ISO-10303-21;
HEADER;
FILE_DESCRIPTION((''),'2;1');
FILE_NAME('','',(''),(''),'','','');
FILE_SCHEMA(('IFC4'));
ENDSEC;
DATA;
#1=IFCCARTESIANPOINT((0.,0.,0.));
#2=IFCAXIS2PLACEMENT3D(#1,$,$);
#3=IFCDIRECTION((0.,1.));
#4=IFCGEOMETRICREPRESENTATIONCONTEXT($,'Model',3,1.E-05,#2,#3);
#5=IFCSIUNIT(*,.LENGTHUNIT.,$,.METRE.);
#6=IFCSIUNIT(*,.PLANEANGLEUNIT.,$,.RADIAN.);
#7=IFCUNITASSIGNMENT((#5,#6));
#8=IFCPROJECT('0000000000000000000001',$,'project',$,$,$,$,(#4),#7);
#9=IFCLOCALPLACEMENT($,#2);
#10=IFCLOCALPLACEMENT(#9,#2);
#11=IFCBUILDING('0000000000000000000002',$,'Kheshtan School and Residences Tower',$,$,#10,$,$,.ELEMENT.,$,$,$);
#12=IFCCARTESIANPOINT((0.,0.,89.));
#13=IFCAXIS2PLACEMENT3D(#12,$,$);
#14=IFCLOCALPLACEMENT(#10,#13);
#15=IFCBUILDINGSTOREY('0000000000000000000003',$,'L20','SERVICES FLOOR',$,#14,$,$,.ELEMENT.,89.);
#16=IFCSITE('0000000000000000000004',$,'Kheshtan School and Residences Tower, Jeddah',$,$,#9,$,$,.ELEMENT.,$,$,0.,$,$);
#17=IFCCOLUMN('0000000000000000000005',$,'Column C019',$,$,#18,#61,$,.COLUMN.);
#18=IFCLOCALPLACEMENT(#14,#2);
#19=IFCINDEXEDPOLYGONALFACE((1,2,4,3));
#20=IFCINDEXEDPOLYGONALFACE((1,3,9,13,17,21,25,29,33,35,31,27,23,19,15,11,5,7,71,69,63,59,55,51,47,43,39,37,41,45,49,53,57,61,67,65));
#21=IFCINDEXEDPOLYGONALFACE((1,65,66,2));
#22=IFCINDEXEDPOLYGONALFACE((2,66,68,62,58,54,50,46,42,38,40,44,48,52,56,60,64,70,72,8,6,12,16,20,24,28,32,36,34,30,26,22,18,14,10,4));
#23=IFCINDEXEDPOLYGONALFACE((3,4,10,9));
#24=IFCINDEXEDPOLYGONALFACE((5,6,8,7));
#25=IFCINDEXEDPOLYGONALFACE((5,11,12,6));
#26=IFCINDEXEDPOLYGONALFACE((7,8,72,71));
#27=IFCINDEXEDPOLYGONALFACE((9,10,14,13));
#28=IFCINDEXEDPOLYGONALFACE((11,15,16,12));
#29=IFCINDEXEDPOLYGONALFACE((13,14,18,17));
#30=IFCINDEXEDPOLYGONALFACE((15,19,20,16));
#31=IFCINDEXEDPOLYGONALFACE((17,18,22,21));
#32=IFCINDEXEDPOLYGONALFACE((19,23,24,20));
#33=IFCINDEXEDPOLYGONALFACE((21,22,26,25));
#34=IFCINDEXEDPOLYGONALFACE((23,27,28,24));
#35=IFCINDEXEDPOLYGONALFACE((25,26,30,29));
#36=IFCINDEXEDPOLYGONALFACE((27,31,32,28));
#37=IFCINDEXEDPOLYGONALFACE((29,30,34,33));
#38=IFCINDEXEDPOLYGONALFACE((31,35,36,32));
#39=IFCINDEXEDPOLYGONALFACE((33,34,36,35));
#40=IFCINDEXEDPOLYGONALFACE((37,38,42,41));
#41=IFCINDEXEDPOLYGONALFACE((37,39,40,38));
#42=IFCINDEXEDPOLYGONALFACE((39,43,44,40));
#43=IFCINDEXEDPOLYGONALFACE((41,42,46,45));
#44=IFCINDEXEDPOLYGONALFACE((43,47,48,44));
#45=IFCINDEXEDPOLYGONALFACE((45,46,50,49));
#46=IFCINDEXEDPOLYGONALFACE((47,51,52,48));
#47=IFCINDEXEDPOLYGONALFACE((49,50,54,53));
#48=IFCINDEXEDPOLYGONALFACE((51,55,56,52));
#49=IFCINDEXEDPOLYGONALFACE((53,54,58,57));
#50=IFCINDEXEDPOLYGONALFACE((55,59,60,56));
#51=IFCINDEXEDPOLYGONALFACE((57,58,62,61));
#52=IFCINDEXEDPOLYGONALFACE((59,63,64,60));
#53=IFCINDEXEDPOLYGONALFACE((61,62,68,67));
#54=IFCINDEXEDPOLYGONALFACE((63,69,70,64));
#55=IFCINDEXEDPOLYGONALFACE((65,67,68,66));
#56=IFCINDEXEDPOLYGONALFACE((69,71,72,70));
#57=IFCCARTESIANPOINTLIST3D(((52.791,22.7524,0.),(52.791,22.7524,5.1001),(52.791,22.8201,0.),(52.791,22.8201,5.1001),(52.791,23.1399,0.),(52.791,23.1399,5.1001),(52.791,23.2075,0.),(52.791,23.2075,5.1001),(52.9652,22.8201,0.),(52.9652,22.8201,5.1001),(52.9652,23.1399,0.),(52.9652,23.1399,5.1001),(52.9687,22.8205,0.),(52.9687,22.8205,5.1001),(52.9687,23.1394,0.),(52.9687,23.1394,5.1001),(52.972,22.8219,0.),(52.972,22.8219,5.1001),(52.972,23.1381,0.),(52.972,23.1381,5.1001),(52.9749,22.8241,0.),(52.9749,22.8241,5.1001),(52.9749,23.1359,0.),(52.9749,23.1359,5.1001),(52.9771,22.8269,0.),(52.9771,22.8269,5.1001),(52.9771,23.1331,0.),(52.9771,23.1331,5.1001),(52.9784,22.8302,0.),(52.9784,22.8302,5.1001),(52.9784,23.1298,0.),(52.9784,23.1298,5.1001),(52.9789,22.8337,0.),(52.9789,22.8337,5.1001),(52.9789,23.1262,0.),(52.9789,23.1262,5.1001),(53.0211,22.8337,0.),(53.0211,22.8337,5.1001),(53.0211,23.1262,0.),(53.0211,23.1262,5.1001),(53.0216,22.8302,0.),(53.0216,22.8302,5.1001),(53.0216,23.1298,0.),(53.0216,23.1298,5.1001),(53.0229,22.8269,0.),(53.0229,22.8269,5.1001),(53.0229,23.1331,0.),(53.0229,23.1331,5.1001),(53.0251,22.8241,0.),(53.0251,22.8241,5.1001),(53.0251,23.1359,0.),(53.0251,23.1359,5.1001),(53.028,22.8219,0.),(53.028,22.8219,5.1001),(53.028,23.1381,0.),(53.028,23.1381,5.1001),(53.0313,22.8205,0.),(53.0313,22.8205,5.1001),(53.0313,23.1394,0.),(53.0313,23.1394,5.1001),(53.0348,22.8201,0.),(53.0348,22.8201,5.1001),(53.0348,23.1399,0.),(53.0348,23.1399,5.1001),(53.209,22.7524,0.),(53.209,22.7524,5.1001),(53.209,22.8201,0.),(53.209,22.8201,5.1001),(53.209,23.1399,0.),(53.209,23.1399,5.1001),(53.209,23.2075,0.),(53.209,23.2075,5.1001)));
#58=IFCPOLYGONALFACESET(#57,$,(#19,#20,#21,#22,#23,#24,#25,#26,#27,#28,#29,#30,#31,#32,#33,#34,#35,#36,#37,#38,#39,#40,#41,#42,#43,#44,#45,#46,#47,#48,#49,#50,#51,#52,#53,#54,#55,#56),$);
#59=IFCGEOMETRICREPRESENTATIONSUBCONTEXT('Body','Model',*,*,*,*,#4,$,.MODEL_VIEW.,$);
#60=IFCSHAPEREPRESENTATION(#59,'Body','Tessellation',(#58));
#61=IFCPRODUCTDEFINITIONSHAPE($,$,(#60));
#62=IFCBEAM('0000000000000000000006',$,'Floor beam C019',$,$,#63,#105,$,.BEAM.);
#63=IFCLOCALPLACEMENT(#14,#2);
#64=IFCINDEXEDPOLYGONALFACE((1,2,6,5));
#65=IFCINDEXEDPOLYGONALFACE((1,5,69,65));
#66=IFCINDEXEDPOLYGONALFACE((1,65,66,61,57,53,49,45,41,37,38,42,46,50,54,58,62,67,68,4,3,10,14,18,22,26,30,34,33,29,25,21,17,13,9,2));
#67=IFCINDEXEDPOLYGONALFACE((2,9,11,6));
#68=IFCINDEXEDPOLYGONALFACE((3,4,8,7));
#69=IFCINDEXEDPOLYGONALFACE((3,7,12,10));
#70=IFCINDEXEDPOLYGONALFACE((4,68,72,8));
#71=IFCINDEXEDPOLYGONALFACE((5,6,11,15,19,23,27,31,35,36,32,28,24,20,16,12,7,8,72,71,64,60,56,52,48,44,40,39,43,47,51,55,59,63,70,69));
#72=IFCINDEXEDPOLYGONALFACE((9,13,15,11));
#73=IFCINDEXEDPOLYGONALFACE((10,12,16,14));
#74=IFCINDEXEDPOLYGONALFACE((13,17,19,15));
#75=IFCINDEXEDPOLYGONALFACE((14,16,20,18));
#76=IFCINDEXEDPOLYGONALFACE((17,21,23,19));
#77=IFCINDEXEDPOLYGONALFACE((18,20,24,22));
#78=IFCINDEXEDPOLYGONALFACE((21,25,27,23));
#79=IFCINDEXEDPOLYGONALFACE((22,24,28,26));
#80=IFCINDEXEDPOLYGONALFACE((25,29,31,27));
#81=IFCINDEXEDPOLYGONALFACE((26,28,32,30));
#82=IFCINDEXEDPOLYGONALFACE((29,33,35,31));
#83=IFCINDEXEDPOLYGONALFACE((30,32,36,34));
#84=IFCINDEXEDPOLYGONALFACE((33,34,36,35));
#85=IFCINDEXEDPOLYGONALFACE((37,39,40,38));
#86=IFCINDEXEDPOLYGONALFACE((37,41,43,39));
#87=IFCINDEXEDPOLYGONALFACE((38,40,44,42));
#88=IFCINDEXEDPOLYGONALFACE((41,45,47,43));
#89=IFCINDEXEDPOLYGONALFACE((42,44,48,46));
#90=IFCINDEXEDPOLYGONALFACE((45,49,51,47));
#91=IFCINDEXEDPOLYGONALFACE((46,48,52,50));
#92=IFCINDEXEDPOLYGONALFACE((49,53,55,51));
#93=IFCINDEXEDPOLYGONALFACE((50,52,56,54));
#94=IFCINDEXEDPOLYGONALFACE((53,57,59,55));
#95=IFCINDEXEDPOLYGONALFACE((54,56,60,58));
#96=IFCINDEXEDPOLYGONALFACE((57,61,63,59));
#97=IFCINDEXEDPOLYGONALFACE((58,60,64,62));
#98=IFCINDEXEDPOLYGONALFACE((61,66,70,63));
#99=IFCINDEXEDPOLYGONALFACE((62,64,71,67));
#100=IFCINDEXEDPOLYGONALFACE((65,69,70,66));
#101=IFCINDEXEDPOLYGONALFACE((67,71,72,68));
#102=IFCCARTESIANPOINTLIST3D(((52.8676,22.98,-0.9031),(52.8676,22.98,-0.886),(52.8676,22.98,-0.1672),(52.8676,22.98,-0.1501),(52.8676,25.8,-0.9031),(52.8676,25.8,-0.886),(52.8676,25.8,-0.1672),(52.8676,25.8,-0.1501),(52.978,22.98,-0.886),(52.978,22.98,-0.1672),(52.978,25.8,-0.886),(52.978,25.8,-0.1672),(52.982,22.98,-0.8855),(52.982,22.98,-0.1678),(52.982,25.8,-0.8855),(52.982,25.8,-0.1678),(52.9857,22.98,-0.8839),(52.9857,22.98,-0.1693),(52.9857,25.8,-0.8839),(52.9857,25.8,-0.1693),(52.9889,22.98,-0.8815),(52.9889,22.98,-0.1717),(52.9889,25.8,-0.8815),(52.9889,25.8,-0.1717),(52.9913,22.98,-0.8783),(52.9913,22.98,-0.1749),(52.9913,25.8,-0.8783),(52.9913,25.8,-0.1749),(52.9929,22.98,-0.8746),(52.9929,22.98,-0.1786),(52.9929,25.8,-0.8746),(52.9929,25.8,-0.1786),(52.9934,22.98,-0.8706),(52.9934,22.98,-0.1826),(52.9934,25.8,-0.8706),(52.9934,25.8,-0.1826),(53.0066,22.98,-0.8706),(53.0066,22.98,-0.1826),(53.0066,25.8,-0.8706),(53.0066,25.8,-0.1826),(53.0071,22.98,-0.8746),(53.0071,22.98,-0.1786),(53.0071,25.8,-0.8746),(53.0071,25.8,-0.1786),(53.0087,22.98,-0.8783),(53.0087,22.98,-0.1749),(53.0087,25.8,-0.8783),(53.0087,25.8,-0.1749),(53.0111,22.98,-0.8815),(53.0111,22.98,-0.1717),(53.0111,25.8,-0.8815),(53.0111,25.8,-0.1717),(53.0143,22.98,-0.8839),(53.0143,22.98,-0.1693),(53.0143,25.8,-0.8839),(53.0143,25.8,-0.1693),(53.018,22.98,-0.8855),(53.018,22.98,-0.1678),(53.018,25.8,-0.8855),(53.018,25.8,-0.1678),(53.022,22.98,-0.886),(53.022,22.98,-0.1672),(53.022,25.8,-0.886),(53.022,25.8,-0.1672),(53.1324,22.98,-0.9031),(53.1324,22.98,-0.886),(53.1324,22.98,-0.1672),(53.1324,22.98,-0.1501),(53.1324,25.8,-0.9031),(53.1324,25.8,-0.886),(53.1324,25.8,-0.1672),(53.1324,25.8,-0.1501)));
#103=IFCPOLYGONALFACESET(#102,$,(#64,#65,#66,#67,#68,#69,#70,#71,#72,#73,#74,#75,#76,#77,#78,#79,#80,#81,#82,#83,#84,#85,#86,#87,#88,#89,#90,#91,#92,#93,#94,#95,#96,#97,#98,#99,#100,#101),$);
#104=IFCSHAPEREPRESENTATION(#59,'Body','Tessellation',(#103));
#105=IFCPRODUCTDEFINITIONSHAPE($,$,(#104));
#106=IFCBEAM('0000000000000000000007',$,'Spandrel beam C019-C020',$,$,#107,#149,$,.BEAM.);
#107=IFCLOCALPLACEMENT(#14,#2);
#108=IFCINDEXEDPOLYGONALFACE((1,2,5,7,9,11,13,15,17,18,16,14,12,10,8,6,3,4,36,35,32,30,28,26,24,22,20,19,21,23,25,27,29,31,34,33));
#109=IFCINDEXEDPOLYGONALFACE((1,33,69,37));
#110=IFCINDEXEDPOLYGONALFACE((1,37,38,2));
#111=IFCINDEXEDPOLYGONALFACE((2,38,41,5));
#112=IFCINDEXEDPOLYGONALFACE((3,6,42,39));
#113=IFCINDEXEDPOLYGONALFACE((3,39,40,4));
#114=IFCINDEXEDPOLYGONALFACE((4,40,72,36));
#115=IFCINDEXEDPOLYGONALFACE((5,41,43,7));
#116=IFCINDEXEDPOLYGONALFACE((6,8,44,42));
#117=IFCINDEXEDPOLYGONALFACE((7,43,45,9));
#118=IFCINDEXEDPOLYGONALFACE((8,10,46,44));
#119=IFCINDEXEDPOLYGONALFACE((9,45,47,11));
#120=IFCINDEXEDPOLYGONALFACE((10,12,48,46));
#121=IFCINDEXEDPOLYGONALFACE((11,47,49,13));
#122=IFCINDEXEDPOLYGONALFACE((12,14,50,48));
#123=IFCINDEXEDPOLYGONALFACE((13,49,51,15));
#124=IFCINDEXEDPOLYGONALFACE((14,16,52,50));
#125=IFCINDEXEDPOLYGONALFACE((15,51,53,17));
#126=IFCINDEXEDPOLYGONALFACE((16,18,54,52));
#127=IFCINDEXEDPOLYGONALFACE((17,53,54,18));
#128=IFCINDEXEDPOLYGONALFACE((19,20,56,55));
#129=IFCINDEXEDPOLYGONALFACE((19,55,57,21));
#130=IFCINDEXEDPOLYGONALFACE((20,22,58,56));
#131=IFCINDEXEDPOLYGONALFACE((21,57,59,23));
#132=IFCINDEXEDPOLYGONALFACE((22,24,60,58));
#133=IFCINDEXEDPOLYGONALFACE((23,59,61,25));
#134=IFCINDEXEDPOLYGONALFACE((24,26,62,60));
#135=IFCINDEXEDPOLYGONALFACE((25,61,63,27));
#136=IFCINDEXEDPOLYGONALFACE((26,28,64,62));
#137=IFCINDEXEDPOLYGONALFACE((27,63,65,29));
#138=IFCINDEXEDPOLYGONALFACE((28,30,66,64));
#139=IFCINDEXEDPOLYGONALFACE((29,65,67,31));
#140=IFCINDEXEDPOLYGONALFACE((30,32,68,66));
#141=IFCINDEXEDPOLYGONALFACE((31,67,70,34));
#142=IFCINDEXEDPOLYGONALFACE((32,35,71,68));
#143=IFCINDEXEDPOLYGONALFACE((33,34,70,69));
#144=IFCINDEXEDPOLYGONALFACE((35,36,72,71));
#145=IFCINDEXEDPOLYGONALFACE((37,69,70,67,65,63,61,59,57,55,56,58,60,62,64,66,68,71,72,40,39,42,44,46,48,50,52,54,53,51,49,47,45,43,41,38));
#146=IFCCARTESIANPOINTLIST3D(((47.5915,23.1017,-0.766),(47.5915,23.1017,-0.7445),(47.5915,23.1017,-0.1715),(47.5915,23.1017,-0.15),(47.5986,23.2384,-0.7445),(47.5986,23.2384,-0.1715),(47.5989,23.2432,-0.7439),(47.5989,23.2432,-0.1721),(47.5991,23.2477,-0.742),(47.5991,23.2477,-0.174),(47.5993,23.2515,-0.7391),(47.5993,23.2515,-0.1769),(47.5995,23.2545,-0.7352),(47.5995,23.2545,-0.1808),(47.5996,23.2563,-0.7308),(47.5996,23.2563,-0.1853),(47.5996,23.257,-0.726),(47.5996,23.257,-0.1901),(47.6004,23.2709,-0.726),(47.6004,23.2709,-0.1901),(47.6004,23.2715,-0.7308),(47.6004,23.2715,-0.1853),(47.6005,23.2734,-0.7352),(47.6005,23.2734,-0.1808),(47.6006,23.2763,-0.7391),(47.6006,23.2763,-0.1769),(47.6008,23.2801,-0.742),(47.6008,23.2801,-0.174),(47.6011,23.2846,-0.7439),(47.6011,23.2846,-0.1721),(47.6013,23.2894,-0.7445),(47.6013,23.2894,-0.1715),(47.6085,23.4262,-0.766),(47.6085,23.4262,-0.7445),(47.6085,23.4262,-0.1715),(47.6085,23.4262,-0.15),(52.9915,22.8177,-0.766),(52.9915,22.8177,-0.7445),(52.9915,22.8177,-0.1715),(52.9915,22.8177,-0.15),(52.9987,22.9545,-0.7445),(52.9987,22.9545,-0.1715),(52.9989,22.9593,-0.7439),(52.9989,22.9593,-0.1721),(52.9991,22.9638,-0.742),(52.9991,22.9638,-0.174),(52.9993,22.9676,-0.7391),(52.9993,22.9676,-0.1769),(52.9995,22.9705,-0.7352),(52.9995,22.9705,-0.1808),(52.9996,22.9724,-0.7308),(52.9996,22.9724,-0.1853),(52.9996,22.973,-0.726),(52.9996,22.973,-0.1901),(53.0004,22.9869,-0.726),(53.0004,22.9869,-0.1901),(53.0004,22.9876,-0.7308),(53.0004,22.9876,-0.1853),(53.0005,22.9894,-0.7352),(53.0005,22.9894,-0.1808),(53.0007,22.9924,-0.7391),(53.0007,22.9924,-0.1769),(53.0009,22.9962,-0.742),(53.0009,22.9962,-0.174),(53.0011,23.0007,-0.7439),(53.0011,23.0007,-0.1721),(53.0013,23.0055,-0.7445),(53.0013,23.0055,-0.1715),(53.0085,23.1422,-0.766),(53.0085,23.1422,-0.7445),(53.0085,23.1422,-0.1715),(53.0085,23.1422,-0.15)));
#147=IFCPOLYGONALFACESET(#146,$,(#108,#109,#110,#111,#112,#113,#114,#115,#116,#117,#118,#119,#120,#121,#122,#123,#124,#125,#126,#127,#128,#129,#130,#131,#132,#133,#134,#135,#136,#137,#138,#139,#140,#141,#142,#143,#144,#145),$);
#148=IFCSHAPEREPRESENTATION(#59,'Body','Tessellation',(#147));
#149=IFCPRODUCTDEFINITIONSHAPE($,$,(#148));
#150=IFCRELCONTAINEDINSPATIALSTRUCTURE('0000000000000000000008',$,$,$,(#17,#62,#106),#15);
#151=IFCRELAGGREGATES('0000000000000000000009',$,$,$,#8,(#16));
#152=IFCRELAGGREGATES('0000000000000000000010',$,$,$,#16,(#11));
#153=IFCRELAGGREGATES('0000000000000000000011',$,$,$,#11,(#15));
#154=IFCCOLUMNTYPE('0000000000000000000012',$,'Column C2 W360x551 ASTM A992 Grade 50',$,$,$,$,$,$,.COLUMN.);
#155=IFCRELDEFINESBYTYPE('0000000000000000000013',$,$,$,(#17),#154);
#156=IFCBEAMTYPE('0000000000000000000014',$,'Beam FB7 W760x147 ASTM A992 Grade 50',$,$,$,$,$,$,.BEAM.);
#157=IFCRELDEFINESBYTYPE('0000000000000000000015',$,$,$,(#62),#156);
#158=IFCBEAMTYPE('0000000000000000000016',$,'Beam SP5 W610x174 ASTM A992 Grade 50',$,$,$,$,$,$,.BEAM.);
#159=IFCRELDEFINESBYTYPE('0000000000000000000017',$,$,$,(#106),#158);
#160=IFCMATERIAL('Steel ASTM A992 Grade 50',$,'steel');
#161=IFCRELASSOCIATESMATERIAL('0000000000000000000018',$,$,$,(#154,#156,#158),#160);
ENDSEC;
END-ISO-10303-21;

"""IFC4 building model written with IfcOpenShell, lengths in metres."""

from ifc_helpers import new_model, si_unit, direction, frame, origin, origin_2d, place, context, subcontext, project, spatial, i_section, extrude, material, material_profile, profile_set, type_object, element, save


model = new_model("IFC4")

# Units and contexts
model_context = context("Model", 3, precision=1e-05, world=origin(), true_north=direction((0.0, 1.0)))
body_context = subcontext(model_context, "Body", "Model", "MODEL_VIEW")
ifc_project = project(units=[si_unit("LENGTHUNIT", "METRE"), si_unit("PLANEANGLEUNIT", "RADIAN")], contexts=[model_context])

# Site, building, storey
site_placement = place(None, origin())
site = spatial("IfcSite", under=ifc_project, at=site_placement, Name="Kheshtan School and Residences Tower, Jeddah", CompositionType="ELEMENT", RefElevation=0.0)
building_placement = place(site_placement, origin())
building = spatial("IfcBuilding", under=site, at=building_placement, Name="Kheshtan School and Residences Tower", CompositionType="ELEMENT")
storey_placement = place(building_placement, frame((0.0, 0.0, 89.0)))
storey = spatial("IfcBuildingStorey", under=building, at=storey_placement, Name="L20", Description="SERVICES FLOOR", CompositionType="ELEMENT", Elevation=89.0)

# Column
ifc_material_1 = material(Name="Steel ASTM A992 Grade 50", Category="steel")
ifc_material_profile_1 = material_profile(ifc_material_1, i_section(OverallWidth=0.418, OverallDepth=0.4551, WebThickness=0.0422, FlangeThickness=0.0676, FilletRadius=0.0137, at=origin_2d()), Name="W360x551")
ifc_profile_set_1 = profile_set([ifc_material_profile_1], Name="Steel ASTM A992 Grade 50")
column_type = type_object("IfcColumnType", Name="Column C2 W360x551 ASTM A992 Grade 50", PredefinedType="COLUMN", material=ifc_profile_set_1)
column_placement = place(storey_placement, frame((53.0, 22.98, 0.0), z_axis=(0.0, 0.0, 1.0), x_axis=(1.0, 0.0, 0.0)))
element("IfcColumn", 1, at=column_placement, inside=storey, type_object=column_type, Name="Column C019", PredefinedType="COLUMN", context=body_context, shape_type="SweptSolid", body=[
    extrude(i_section(OverallWidth=0.418, OverallDepth=0.4551, WebThickness=0.0422, FlangeThickness=0.0676, FilletRadius=0.0137, at=origin_2d()), origin(), (0.0, 0.0, 1.0), 5.1001),
])

# Beams
ifc_material_profile_2 = material_profile(ifc_material_1, i_section(OverallWidth=0.2649, OverallDepth=0.7529, WebThickness=0.0132, FlangeThickness=0.0171, FilletRadius=0.0154, at=origin_2d()), Name="W760x147")
ifc_profile_set_2 = profile_set([ifc_material_profile_2], Name="Steel ASTM A992 Grade 50")
beam_type_1 = type_object("IfcBeamType", Name="Beam FB7 W760x147 ASTM A992 Grade 50", PredefinedType="BEAM", material=ifc_profile_set_2)
beam_1_placement = place(storey_placement, frame((53.0, 22.98, -0.5266), z_axis=(0.0, 1.0, 0.0), x_axis=(-1.0, 0.0, 0.0)))
element("IfcBeam", 2, at=beam_1_placement, inside=storey, type_object=beam_type_1, Name="Floor beam C019", PredefinedType="BEAM", context=body_context, shape_type="SweptSolid", body=[
    extrude(i_section(OverallWidth=0.2649, OverallDepth=0.7529, WebThickness=0.0132, FlangeThickness=0.0171, FilletRadius=0.0154, at=origin_2d()), origin(), (0.0, 0.0, 1.0), 2.8201),
])
ifc_material_profile_3 = material_profile(ifc_material_1, i_section(OverallWidth=0.325, OverallDepth=0.616, WebThickness=0.0139, FlangeThickness=0.0215, FilletRadius=0.0186, at=origin_2d()), Name="W610x174")
ifc_profile_set_3 = profile_set([ifc_material_profile_3], Name="Steel ASTM A992 Grade 50")
beam_type_2 = type_object("IfcBeamType", Name="Beam SP5 W610x174 ASTM A992 Grade 50", PredefinedType="BEAM", material=ifc_profile_set_3)
beam_2_placement = place(storey_placement, frame((53.0, 22.98, -0.458), z_axis=(-0.99862, 0.052509, 0.0), x_axis=(-0.052509, -0.99862, 0.0)))
element("IfcBeam", 3, at=beam_2_placement, inside=storey, type_object=beam_type_2, Name="Spandrel beam C019-C020", PredefinedType="BEAM", context=body_context, shape_type="SweptSolid", body=[
    extrude(i_section(OverallWidth=0.325, OverallDepth=0.616, WebThickness=0.0139, FlangeThickness=0.0215, FilletRadius=0.0186, at=origin_2d()), origin(), (0.0, 0.0, 1.0), 5.4075),
])

save(model, "model.ifc")
